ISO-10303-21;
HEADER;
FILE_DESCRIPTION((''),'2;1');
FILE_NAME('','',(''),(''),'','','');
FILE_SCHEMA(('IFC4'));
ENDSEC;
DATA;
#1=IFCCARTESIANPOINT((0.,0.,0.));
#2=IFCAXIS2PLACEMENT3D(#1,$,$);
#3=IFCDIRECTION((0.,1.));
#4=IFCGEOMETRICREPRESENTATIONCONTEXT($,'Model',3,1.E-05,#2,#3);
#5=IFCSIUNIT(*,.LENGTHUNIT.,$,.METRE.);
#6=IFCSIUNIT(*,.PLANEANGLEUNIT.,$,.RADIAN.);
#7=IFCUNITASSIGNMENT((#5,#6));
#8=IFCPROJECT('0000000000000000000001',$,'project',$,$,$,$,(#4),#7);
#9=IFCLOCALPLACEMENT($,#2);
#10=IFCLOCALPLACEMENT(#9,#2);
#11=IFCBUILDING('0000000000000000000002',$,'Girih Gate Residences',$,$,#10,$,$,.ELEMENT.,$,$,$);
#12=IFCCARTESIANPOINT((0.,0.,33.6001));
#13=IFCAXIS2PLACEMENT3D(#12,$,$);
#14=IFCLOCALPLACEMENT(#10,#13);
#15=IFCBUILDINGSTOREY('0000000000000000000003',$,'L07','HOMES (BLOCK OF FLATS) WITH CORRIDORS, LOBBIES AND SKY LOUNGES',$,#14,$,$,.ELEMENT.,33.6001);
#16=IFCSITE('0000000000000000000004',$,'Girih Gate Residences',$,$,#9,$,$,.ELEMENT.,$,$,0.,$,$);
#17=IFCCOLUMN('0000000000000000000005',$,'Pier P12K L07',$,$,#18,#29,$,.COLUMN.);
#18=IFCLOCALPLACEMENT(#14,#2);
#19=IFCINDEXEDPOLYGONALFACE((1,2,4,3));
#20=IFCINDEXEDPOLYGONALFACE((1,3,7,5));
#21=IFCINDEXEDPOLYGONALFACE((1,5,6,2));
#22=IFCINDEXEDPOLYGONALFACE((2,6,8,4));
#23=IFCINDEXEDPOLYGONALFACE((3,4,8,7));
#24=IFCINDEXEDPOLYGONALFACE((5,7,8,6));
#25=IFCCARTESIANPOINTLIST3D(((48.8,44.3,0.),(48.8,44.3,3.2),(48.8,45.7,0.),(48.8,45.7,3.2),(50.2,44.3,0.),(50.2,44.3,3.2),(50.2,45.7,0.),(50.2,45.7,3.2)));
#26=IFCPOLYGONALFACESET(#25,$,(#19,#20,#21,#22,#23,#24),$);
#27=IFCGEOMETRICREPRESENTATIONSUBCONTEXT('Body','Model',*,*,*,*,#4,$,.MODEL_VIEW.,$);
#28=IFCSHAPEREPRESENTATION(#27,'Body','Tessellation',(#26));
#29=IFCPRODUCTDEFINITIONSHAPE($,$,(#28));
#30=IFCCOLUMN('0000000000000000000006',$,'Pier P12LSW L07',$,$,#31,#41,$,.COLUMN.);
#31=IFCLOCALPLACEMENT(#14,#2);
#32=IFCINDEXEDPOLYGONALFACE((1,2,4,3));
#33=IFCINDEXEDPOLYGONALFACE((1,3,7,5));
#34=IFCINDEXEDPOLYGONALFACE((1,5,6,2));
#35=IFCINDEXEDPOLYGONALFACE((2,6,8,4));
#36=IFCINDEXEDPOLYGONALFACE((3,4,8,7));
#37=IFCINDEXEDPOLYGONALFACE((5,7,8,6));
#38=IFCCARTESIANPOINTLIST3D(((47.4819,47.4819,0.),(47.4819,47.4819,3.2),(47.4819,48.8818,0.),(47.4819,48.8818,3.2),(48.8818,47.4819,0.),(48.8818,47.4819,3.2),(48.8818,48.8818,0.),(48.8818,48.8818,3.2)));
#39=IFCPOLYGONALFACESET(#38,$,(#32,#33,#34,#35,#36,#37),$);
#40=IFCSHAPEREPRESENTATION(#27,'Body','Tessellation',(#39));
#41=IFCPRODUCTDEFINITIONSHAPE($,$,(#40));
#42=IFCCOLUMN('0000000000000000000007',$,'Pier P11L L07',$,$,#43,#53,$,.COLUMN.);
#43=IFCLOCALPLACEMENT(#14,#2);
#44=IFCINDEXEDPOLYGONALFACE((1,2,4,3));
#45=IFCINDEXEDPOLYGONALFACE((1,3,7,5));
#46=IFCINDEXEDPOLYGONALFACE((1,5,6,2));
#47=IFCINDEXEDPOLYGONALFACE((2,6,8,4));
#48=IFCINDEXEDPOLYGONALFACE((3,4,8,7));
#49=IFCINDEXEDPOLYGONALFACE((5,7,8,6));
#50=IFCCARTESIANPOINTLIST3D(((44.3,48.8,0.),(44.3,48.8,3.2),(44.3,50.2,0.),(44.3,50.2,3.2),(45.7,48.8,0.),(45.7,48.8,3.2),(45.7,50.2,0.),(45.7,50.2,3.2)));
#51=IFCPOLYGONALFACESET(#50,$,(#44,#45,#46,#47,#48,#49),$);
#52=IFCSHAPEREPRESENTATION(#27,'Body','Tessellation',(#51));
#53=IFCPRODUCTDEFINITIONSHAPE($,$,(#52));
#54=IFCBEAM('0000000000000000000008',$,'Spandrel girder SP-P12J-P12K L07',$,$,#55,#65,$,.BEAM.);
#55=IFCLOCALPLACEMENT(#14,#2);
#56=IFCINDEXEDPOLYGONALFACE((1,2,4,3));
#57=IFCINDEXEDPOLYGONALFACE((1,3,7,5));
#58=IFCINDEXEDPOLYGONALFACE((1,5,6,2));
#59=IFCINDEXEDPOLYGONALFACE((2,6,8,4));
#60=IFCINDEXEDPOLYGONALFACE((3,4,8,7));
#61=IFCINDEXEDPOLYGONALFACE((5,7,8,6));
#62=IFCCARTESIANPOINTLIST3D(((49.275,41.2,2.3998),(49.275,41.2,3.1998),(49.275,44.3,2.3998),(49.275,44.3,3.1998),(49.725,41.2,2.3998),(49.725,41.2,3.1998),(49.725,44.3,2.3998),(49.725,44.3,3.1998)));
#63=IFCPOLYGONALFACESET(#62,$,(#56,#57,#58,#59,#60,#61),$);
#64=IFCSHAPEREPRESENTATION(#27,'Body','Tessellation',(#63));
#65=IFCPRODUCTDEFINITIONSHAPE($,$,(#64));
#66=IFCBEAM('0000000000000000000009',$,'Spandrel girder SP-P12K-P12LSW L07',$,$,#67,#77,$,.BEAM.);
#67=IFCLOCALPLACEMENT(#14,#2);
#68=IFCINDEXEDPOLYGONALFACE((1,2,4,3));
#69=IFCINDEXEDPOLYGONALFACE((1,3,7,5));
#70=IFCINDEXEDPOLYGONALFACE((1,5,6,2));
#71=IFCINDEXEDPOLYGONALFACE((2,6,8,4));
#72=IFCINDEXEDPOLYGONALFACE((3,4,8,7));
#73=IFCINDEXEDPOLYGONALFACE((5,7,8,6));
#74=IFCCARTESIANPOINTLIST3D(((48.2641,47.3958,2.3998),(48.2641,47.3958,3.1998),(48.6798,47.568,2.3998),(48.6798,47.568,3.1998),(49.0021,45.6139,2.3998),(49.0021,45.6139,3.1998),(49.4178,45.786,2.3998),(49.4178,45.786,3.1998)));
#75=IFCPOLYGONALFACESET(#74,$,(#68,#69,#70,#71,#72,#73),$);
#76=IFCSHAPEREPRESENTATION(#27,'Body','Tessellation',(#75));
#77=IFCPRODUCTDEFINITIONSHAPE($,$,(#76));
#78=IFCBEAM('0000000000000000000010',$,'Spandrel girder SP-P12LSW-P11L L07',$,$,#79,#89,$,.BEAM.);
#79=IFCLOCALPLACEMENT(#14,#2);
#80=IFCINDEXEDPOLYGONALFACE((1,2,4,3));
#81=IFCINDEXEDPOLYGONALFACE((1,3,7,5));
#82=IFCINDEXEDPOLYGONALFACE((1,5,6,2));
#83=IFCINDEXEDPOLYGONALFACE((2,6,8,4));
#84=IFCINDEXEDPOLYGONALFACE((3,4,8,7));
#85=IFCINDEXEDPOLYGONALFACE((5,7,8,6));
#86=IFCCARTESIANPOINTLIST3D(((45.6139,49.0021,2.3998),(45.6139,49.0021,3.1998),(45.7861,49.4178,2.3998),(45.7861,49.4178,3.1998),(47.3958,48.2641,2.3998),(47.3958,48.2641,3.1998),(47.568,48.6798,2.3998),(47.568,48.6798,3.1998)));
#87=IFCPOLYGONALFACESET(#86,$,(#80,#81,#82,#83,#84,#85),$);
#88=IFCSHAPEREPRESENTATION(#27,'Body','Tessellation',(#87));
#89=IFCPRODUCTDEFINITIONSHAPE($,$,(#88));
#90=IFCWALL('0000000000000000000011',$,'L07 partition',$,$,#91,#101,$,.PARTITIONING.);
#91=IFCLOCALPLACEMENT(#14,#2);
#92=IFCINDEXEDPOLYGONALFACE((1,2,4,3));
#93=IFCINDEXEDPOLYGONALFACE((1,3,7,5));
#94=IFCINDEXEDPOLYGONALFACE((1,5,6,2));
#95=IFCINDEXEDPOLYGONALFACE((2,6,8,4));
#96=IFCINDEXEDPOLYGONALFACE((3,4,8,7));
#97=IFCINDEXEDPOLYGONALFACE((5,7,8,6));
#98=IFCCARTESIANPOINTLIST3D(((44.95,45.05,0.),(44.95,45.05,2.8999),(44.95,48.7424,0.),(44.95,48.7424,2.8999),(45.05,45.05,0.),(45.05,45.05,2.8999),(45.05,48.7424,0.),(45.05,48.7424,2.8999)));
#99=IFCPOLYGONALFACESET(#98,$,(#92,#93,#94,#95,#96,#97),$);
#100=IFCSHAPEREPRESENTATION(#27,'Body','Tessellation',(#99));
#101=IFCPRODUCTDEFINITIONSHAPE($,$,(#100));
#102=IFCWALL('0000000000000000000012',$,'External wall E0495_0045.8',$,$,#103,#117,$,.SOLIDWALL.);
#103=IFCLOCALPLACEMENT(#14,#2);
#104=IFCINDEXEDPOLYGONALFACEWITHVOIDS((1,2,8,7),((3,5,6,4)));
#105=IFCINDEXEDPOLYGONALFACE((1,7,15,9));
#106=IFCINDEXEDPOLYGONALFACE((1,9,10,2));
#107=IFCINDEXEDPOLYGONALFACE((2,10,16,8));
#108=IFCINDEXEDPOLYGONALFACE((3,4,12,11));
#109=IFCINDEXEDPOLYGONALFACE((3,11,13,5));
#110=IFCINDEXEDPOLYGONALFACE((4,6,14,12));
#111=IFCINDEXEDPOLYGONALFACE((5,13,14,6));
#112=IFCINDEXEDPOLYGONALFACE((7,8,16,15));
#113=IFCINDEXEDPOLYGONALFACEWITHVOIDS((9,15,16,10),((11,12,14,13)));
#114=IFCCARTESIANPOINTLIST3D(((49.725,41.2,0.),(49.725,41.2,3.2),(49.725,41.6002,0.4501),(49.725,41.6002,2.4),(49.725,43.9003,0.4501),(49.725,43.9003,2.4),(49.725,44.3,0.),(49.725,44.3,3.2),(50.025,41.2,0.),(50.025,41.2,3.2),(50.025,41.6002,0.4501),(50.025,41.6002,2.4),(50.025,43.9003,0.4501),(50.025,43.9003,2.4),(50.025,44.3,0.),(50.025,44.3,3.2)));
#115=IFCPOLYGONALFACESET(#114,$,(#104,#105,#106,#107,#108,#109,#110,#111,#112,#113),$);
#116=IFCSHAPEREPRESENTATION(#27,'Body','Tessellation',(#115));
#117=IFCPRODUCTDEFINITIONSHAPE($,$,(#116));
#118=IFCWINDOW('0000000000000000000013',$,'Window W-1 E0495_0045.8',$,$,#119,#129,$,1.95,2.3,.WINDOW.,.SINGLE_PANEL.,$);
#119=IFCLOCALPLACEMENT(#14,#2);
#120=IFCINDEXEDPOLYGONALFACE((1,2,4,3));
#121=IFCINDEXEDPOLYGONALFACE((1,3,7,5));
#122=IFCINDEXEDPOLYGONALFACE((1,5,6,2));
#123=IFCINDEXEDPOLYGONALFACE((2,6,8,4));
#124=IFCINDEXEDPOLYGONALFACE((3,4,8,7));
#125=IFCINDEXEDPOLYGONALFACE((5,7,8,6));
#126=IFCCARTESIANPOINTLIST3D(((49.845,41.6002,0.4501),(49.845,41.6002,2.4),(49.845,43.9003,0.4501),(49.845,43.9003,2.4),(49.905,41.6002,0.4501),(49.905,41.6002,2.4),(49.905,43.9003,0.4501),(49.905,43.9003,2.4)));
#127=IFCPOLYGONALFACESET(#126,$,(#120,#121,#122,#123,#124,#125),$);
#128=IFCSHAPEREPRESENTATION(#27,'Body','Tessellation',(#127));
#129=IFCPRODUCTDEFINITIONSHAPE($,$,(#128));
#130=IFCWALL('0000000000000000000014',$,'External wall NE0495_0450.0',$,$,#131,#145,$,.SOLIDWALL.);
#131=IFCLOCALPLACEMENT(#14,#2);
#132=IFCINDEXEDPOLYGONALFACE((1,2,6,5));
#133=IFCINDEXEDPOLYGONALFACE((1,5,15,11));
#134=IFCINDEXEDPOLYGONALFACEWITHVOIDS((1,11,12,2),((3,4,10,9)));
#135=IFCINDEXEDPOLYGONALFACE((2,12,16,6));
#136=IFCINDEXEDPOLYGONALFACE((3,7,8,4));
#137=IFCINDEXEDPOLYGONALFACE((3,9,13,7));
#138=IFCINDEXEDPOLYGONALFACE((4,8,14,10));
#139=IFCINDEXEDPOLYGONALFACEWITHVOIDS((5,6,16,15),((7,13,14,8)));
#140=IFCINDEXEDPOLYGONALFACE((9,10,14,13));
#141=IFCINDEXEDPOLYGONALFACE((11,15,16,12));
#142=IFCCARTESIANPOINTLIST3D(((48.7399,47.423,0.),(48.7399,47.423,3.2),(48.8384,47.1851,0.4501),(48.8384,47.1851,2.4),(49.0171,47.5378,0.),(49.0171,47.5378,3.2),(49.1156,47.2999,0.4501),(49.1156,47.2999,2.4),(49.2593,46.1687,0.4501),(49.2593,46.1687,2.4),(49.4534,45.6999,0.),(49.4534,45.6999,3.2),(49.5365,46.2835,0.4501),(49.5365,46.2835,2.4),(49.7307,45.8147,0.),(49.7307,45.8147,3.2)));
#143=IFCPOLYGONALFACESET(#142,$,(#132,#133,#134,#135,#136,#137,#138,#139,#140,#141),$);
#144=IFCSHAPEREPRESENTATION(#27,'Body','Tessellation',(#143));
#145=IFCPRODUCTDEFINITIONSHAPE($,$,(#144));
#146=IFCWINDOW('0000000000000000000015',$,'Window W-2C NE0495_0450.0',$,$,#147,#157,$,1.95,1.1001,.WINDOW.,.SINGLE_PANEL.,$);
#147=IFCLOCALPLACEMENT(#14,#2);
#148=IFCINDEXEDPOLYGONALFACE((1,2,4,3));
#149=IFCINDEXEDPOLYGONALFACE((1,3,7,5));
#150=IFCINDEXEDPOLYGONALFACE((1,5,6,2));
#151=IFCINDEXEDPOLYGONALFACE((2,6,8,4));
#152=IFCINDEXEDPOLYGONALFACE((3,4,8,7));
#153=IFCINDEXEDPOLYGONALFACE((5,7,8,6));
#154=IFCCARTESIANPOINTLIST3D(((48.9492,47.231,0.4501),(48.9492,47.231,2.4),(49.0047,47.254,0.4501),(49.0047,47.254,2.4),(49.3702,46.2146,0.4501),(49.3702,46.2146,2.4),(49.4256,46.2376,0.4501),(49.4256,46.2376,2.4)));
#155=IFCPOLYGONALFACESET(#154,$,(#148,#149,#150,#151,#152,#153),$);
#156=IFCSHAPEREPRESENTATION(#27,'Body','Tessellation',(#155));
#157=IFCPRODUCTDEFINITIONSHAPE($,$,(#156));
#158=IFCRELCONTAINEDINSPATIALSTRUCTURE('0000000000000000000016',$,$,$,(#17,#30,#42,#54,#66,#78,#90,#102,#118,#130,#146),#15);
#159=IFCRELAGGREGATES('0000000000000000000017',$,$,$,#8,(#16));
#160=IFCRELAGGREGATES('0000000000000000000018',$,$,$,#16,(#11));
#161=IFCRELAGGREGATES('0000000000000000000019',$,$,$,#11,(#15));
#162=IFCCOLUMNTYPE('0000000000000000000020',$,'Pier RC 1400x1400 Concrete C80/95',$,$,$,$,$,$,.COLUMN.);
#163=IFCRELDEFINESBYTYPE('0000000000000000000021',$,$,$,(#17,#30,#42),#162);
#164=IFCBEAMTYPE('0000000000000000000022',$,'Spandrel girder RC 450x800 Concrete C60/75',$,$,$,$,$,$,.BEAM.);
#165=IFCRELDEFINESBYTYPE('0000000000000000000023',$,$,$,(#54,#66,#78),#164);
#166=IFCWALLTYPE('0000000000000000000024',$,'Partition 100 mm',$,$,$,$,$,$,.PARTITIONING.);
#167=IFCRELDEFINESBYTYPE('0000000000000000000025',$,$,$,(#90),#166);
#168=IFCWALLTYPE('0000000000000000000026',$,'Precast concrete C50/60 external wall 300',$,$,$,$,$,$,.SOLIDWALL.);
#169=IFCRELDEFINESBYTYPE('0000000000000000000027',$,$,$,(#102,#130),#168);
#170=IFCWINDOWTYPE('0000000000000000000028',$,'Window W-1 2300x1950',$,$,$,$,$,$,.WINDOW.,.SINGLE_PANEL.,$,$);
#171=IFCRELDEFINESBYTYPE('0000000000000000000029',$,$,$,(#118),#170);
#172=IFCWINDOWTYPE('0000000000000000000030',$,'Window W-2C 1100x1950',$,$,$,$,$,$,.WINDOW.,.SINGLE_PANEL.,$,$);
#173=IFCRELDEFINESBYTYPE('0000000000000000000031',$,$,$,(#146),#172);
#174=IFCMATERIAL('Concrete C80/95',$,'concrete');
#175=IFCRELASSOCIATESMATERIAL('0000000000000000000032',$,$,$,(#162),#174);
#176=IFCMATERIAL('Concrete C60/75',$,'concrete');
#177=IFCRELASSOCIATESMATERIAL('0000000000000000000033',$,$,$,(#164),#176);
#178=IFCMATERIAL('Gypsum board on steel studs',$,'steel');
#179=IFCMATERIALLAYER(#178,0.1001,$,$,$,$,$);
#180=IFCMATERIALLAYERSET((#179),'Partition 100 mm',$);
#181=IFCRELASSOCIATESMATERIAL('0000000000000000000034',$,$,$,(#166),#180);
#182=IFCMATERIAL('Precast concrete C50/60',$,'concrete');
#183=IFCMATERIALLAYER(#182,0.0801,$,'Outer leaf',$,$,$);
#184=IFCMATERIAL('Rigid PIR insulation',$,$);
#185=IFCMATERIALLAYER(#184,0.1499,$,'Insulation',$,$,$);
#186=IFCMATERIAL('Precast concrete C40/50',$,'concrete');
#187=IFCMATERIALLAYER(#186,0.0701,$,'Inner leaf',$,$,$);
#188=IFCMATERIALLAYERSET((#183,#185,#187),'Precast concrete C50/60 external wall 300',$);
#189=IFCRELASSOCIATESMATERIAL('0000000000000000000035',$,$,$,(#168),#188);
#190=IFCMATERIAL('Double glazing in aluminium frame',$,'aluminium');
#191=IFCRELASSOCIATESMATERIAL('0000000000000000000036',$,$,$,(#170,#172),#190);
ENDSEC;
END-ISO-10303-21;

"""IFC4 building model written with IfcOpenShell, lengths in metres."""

from ifc_helpers import new_model, si_unit, direction, frame, frame_2d, origin, origin_2d, place, context, subcontext, project, spatial, rectangle, extrude, material, layer, layer_set, material_profile, profile_set, type_object, element, fill, save


model = new_model("IFC4")

# Units and contexts
model_context = context("Model", 3, precision=1e-05, world=origin(), true_north=direction((0.0, 1.0)))
body_context = subcontext(model_context, "Body", "Model", "MODEL_VIEW")
ifc_project = project(units=[si_unit("LENGTHUNIT", "METRE"), si_unit("PLANEANGLEUNIT", "RADIAN")], contexts=[model_context])

# Site, building, storey
site_placement = place(None, origin())
site = spatial("IfcSite", under=ifc_project, at=site_placement, Name="Girih Gate Residences", CompositionType="ELEMENT", RefElevation=0.0)
building_placement = place(site_placement, origin())
building = spatial("IfcBuilding", under=site, at=building_placement, Name="Girih Gate Residences", CompositionType="ELEMENT")
storey_placement = place(building_placement, frame((0.0, 0.0, 33.6001)))
storey = spatial("IfcBuildingStorey", under=building, at=storey_placement, Name="L07", Description="HOMES (BLOCK OF FLATS) WITH CORRIDORS, LOBBIES AND SKY LOUNGES", CompositionType="ELEMENT", Elevation=33.6001)

# Columns
ifc_material_1 = material(Name="Concrete C80/95", Category="concrete")
ifc_material_profile_1 = material_profile(ifc_material_1, rectangle(XDim=1.3999, YDim=1.3999, at=origin_2d()))
ifc_profile_set_1 = profile_set([ifc_material_profile_1], Name="Concrete C80/95")
column_type = type_object("IfcColumnType", Name="Pier RC 1400x1400 Concrete C80/95", PredefinedType="COLUMN", material=ifc_profile_set_1)
for number, where, z_axis, x_axis, name in (
    (1, (49.5, 45.0, 0.0), (0.0, 0.0, 1.0), (1.0, 0.0, 0.0), "Pier P12K L07"),
    (2, (48.1819, 48.1819, 0.0), (0.0, 0.0, 1.0), (1.0, 0.0, 0.0), "Pier P12LSW L07"),
    (3, (45.0, 49.5, 0.0), (0.0, 0.0, 1.0), (1.0, 0.0, 0.0), "Pier P11L L07"),
):
    element("IfcColumn", number, at=place(storey_placement, frame(where, z_axis=z_axis, x_axis=x_axis)), inside=storey, type_object=column_type, Name=name, PredefinedType="COLUMN", context=body_context, shape_type="SweptSolid", body=[
        extrude(rectangle(XDim=1.3999, YDim=1.3999, at=origin_2d()), origin(), (0.0, 0.0, 1.0), 3.2),
    ])

# Beams
ifc_material_2 = material(Name="Concrete C60/75", Category="concrete")
ifc_material_profile_2 = material_profile(ifc_material_2, rectangle(XDim=0.45, YDim=0.8, at=origin_2d()))
ifc_profile_set_2 = profile_set([ifc_material_profile_2], Name="Concrete C60/75")
beam_type = type_object("IfcBeamType", Name="Spandrel girder RC 450x800 Concrete C60/75", PredefinedType="BEAM", material=ifc_profile_set_2)
beam_placement = place(storey_placement, frame((49.5, 41.2, 2.7998), z_axis=(0.0, 1.0, 0.0), x_axis=(-1.0, 0.0, 0.0)))
element("IfcBeam", 4, at=beam_placement, inside=storey, type_object=beam_type, Name="Spandrel girder SP-P12J-P12K L07", PredefinedType="BEAM", context=body_context, shape_type="SweptSolid", body=[
    extrude(rectangle(XDim=0.45, YDim=0.8, at=origin_2d()), origin(), (0.0, 0.0, 1.0), 3.1001),
])
for number, where, z_axis, x_axis, name in (
    (5, (49.21, 45.7, 2.7998), (-0.382646, 0.923895, 0.0), (-0.923895, -0.382646, 0.0), "Spandrel girder SP-P12K-P12LSW L07"),
    (6, (47.4819, 48.4719, 2.7998), (-0.923895, 0.382646, 0.0), (-0.382646, -0.923895, 0.0), "Spandrel girder SP-P12LSW-P11L L07"),
):
    element("IfcBeam", number, at=place(storey_placement, frame(where, z_axis=z_axis, x_axis=x_axis)), inside=storey, type_object=beam_type, Name=name, PredefinedType="BEAM", context=body_context, shape_type="SweptSolid", body=[
        extrude(rectangle(XDim=0.45, YDim=0.8, at=origin_2d()), origin(), (0.0, 0.0, 1.0), 1.9287),
    ])

# Wall
ifc_material_3 = material(Name="Gypsum board on steel studs", Category="steel")
ifc_layer_1 = layer(ifc_material_3, 0.1001)
ifc_layer_set_1 = layer_set([ifc_layer_1], Name="Partition 100 mm")
wall_type_1 = type_object("IfcWallType", Name="Partition 100 mm", PredefinedType="PARTITIONING", material=ifc_layer_set_1)
wall_1_placement = place(storey_placement, frame((45.0, 45.05, 0.0), z_axis=(0.0, 0.0, 1.0), x_axis=(0.0, 1.0, 0.0)))
element("IfcWall", 7, at=wall_1_placement, inside=storey, type_object=wall_type_1, Name="L07 partition", PredefinedType="PARTITIONING", context=body_context, shape_type="SweptSolid", body=[
    extrude(rectangle(XDim=3.6924, YDim=0.1001, at=frame_2d((1.8462, 0.0))), origin(), (0.0, 0.0, 1.0), 2.8999),
])

# Walls, openings, windows
ifc_material_4 = material(Name="Precast concrete C50/60", Category="concrete")
ifc_layer_2 = layer(ifc_material_4, 0.0801, Name="Outer leaf")
ifc_material_5 = material(Name="Rigid PIR insulation")
ifc_layer_3 = layer(ifc_material_5, 0.1499, Name="Insulation")
ifc_material_6 = material(Name="Precast concrete C40/50", Category="concrete")
ifc_layer_4 = layer(ifc_material_6, 0.0701, Name="Inner leaf")
ifc_layer_set_2 = layer_set([ifc_layer_2, ifc_layer_3, ifc_layer_4], Name="Precast concrete C50/60 external wall 300")
wall_type_2 = type_object("IfcWallType", Name="Precast concrete C50/60 external wall 300", PredefinedType="SOLIDWALL", material=ifc_layer_set_2)
wall_2_placement = place(storey_placement, frame((49.875, 44.3, 0.0), z_axis=(0.0, 0.0, 1.0), x_axis=(0.0, -1.0, 0.0)))
wall_2 = element("IfcWall", 8, at=wall_2_placement, inside=storey, type_object=wall_type_2, Name="External wall E0495_0045.8", PredefinedType="SOLIDWALL", context=body_context, shape_type="SweptSolid", body=[
    extrude(rectangle(XDim=3.1001, YDim=0.3, at=frame_2d((1.55, 0.0))), origin(), (0.0, 0.0, 1.0), 3.2),
])
opening_1_placement = place(wall_2_placement, frame((0.3999, 0.0, 0.45)))
opening_1 = element("IfcOpeningElement", 9, at=opening_1_placement, cuts=wall_2, PredefinedType="OPENING", context=body_context, shape_type="SweptSolid", body=[
    extrude(rectangle(XDim=2.3, YDim=1.95, at=frame_2d((1.1499, 0.9751))), frame((0.0, 0.1599, 0.0), z_axis=(0.0, -1.0, 0.0), x_axis=(1.0, 0.0, 0.0)), (0.0, 0.0, 1.0), 0.3201),
])
ifc_material_7 = material(Name="Double glazing in aluminium frame", Category="aluminium")
window_type_1 = type_object("IfcWindowType", Name="Window W-1 2300x1950", PartitioningType="SINGLE_PANEL", PredefinedType="WINDOW", material=ifc_material_7)
window_1_placement = place(opening_1_placement, origin())
window_1 = element("IfcWindow", 10, at=window_1_placement, inside=storey, type_object=window_type_1, Name="Window W-1 E0495_0045.8", OverallHeight=1.95, OverallWidth=2.3, PartitioningType="SINGLE_PANEL", PredefinedType="WINDOW", context=body_context, shape_type="SweptSolid", body=[
    extrude(rectangle(XDim=2.3, YDim=1.95, at=frame_2d((1.1499, 0.9751))), frame((0.0, 0.03, 0.0), z_axis=(0.0, -1.0, 0.0), x_axis=(1.0, 0.0, 0.0)), (0.0, 0.0, 1.0), 0.0601),
])
fill(opening_1, window_1)
wall_3_placement = place(storey_placement, frame((48.8784, 47.4805, 0.0), z_axis=(0.0, 0.0, 1.0), x_axis=(0.382625, -0.923904, 0.0)))
wall_3 = element("IfcWall", 11, at=wall_3_placement, inside=storey, type_object=wall_type_2, Name="External wall NE0495_0450.0", PredefinedType="SOLIDWALL", context=body_context, shape_type="SweptSolid", body=[
    extrude(rectangle(XDim=1.865, YDim=0.3, at=frame_2d((0.9326, 0.0))), origin(), (0.0, 0.0, 1.0), 3.2),
])
opening_2_placement = place(wall_3_placement, frame((0.2576, 0.0, 0.45)))
opening_2 = element("IfcOpeningElement", 12, at=opening_2_placement, cuts=wall_3, PredefinedType="OPENING", context=body_context, shape_type="SweptSolid", body=[
    extrude(rectangle(XDim=1.1001, YDim=1.95, at=frame_2d((0.55, 0.9751))), frame((0.0, 0.1599, 0.0), z_axis=(0.0, -1.0, 0.0), x_axis=(1.0, 0.0, 0.0)), (0.0, 0.0, 1.0), 0.3201),
])
window_type_2 = type_object("IfcWindowType", Name="Window W-2C 1100x1950", PartitioningType="SINGLE_PANEL", PredefinedType="WINDOW", material=ifc_material_7)
window_2_placement = place(opening_2_placement, origin())
window_2 = element("IfcWindow", 13, at=window_2_placement, inside=storey, type_object=window_type_2, Name="Window W-2C NE0495_0450.0", OverallHeight=1.95, OverallWidth=1.1001, PartitioningType="SINGLE_PANEL", PredefinedType="WINDOW", context=body_context, shape_type="SweptSolid", body=[
    extrude(rectangle(XDim=1.1001, YDim=1.95, at=frame_2d((0.55, 0.9751))), frame((0.0, 0.03, 0.0), z_axis=(0.0, -1.0, 0.0), x_axis=(1.0, 0.0, 0.0)), (0.0, 0.0, 1.0), 0.0601),
])
fill(opening_2, window_2)

save(model, "model.ifc")
